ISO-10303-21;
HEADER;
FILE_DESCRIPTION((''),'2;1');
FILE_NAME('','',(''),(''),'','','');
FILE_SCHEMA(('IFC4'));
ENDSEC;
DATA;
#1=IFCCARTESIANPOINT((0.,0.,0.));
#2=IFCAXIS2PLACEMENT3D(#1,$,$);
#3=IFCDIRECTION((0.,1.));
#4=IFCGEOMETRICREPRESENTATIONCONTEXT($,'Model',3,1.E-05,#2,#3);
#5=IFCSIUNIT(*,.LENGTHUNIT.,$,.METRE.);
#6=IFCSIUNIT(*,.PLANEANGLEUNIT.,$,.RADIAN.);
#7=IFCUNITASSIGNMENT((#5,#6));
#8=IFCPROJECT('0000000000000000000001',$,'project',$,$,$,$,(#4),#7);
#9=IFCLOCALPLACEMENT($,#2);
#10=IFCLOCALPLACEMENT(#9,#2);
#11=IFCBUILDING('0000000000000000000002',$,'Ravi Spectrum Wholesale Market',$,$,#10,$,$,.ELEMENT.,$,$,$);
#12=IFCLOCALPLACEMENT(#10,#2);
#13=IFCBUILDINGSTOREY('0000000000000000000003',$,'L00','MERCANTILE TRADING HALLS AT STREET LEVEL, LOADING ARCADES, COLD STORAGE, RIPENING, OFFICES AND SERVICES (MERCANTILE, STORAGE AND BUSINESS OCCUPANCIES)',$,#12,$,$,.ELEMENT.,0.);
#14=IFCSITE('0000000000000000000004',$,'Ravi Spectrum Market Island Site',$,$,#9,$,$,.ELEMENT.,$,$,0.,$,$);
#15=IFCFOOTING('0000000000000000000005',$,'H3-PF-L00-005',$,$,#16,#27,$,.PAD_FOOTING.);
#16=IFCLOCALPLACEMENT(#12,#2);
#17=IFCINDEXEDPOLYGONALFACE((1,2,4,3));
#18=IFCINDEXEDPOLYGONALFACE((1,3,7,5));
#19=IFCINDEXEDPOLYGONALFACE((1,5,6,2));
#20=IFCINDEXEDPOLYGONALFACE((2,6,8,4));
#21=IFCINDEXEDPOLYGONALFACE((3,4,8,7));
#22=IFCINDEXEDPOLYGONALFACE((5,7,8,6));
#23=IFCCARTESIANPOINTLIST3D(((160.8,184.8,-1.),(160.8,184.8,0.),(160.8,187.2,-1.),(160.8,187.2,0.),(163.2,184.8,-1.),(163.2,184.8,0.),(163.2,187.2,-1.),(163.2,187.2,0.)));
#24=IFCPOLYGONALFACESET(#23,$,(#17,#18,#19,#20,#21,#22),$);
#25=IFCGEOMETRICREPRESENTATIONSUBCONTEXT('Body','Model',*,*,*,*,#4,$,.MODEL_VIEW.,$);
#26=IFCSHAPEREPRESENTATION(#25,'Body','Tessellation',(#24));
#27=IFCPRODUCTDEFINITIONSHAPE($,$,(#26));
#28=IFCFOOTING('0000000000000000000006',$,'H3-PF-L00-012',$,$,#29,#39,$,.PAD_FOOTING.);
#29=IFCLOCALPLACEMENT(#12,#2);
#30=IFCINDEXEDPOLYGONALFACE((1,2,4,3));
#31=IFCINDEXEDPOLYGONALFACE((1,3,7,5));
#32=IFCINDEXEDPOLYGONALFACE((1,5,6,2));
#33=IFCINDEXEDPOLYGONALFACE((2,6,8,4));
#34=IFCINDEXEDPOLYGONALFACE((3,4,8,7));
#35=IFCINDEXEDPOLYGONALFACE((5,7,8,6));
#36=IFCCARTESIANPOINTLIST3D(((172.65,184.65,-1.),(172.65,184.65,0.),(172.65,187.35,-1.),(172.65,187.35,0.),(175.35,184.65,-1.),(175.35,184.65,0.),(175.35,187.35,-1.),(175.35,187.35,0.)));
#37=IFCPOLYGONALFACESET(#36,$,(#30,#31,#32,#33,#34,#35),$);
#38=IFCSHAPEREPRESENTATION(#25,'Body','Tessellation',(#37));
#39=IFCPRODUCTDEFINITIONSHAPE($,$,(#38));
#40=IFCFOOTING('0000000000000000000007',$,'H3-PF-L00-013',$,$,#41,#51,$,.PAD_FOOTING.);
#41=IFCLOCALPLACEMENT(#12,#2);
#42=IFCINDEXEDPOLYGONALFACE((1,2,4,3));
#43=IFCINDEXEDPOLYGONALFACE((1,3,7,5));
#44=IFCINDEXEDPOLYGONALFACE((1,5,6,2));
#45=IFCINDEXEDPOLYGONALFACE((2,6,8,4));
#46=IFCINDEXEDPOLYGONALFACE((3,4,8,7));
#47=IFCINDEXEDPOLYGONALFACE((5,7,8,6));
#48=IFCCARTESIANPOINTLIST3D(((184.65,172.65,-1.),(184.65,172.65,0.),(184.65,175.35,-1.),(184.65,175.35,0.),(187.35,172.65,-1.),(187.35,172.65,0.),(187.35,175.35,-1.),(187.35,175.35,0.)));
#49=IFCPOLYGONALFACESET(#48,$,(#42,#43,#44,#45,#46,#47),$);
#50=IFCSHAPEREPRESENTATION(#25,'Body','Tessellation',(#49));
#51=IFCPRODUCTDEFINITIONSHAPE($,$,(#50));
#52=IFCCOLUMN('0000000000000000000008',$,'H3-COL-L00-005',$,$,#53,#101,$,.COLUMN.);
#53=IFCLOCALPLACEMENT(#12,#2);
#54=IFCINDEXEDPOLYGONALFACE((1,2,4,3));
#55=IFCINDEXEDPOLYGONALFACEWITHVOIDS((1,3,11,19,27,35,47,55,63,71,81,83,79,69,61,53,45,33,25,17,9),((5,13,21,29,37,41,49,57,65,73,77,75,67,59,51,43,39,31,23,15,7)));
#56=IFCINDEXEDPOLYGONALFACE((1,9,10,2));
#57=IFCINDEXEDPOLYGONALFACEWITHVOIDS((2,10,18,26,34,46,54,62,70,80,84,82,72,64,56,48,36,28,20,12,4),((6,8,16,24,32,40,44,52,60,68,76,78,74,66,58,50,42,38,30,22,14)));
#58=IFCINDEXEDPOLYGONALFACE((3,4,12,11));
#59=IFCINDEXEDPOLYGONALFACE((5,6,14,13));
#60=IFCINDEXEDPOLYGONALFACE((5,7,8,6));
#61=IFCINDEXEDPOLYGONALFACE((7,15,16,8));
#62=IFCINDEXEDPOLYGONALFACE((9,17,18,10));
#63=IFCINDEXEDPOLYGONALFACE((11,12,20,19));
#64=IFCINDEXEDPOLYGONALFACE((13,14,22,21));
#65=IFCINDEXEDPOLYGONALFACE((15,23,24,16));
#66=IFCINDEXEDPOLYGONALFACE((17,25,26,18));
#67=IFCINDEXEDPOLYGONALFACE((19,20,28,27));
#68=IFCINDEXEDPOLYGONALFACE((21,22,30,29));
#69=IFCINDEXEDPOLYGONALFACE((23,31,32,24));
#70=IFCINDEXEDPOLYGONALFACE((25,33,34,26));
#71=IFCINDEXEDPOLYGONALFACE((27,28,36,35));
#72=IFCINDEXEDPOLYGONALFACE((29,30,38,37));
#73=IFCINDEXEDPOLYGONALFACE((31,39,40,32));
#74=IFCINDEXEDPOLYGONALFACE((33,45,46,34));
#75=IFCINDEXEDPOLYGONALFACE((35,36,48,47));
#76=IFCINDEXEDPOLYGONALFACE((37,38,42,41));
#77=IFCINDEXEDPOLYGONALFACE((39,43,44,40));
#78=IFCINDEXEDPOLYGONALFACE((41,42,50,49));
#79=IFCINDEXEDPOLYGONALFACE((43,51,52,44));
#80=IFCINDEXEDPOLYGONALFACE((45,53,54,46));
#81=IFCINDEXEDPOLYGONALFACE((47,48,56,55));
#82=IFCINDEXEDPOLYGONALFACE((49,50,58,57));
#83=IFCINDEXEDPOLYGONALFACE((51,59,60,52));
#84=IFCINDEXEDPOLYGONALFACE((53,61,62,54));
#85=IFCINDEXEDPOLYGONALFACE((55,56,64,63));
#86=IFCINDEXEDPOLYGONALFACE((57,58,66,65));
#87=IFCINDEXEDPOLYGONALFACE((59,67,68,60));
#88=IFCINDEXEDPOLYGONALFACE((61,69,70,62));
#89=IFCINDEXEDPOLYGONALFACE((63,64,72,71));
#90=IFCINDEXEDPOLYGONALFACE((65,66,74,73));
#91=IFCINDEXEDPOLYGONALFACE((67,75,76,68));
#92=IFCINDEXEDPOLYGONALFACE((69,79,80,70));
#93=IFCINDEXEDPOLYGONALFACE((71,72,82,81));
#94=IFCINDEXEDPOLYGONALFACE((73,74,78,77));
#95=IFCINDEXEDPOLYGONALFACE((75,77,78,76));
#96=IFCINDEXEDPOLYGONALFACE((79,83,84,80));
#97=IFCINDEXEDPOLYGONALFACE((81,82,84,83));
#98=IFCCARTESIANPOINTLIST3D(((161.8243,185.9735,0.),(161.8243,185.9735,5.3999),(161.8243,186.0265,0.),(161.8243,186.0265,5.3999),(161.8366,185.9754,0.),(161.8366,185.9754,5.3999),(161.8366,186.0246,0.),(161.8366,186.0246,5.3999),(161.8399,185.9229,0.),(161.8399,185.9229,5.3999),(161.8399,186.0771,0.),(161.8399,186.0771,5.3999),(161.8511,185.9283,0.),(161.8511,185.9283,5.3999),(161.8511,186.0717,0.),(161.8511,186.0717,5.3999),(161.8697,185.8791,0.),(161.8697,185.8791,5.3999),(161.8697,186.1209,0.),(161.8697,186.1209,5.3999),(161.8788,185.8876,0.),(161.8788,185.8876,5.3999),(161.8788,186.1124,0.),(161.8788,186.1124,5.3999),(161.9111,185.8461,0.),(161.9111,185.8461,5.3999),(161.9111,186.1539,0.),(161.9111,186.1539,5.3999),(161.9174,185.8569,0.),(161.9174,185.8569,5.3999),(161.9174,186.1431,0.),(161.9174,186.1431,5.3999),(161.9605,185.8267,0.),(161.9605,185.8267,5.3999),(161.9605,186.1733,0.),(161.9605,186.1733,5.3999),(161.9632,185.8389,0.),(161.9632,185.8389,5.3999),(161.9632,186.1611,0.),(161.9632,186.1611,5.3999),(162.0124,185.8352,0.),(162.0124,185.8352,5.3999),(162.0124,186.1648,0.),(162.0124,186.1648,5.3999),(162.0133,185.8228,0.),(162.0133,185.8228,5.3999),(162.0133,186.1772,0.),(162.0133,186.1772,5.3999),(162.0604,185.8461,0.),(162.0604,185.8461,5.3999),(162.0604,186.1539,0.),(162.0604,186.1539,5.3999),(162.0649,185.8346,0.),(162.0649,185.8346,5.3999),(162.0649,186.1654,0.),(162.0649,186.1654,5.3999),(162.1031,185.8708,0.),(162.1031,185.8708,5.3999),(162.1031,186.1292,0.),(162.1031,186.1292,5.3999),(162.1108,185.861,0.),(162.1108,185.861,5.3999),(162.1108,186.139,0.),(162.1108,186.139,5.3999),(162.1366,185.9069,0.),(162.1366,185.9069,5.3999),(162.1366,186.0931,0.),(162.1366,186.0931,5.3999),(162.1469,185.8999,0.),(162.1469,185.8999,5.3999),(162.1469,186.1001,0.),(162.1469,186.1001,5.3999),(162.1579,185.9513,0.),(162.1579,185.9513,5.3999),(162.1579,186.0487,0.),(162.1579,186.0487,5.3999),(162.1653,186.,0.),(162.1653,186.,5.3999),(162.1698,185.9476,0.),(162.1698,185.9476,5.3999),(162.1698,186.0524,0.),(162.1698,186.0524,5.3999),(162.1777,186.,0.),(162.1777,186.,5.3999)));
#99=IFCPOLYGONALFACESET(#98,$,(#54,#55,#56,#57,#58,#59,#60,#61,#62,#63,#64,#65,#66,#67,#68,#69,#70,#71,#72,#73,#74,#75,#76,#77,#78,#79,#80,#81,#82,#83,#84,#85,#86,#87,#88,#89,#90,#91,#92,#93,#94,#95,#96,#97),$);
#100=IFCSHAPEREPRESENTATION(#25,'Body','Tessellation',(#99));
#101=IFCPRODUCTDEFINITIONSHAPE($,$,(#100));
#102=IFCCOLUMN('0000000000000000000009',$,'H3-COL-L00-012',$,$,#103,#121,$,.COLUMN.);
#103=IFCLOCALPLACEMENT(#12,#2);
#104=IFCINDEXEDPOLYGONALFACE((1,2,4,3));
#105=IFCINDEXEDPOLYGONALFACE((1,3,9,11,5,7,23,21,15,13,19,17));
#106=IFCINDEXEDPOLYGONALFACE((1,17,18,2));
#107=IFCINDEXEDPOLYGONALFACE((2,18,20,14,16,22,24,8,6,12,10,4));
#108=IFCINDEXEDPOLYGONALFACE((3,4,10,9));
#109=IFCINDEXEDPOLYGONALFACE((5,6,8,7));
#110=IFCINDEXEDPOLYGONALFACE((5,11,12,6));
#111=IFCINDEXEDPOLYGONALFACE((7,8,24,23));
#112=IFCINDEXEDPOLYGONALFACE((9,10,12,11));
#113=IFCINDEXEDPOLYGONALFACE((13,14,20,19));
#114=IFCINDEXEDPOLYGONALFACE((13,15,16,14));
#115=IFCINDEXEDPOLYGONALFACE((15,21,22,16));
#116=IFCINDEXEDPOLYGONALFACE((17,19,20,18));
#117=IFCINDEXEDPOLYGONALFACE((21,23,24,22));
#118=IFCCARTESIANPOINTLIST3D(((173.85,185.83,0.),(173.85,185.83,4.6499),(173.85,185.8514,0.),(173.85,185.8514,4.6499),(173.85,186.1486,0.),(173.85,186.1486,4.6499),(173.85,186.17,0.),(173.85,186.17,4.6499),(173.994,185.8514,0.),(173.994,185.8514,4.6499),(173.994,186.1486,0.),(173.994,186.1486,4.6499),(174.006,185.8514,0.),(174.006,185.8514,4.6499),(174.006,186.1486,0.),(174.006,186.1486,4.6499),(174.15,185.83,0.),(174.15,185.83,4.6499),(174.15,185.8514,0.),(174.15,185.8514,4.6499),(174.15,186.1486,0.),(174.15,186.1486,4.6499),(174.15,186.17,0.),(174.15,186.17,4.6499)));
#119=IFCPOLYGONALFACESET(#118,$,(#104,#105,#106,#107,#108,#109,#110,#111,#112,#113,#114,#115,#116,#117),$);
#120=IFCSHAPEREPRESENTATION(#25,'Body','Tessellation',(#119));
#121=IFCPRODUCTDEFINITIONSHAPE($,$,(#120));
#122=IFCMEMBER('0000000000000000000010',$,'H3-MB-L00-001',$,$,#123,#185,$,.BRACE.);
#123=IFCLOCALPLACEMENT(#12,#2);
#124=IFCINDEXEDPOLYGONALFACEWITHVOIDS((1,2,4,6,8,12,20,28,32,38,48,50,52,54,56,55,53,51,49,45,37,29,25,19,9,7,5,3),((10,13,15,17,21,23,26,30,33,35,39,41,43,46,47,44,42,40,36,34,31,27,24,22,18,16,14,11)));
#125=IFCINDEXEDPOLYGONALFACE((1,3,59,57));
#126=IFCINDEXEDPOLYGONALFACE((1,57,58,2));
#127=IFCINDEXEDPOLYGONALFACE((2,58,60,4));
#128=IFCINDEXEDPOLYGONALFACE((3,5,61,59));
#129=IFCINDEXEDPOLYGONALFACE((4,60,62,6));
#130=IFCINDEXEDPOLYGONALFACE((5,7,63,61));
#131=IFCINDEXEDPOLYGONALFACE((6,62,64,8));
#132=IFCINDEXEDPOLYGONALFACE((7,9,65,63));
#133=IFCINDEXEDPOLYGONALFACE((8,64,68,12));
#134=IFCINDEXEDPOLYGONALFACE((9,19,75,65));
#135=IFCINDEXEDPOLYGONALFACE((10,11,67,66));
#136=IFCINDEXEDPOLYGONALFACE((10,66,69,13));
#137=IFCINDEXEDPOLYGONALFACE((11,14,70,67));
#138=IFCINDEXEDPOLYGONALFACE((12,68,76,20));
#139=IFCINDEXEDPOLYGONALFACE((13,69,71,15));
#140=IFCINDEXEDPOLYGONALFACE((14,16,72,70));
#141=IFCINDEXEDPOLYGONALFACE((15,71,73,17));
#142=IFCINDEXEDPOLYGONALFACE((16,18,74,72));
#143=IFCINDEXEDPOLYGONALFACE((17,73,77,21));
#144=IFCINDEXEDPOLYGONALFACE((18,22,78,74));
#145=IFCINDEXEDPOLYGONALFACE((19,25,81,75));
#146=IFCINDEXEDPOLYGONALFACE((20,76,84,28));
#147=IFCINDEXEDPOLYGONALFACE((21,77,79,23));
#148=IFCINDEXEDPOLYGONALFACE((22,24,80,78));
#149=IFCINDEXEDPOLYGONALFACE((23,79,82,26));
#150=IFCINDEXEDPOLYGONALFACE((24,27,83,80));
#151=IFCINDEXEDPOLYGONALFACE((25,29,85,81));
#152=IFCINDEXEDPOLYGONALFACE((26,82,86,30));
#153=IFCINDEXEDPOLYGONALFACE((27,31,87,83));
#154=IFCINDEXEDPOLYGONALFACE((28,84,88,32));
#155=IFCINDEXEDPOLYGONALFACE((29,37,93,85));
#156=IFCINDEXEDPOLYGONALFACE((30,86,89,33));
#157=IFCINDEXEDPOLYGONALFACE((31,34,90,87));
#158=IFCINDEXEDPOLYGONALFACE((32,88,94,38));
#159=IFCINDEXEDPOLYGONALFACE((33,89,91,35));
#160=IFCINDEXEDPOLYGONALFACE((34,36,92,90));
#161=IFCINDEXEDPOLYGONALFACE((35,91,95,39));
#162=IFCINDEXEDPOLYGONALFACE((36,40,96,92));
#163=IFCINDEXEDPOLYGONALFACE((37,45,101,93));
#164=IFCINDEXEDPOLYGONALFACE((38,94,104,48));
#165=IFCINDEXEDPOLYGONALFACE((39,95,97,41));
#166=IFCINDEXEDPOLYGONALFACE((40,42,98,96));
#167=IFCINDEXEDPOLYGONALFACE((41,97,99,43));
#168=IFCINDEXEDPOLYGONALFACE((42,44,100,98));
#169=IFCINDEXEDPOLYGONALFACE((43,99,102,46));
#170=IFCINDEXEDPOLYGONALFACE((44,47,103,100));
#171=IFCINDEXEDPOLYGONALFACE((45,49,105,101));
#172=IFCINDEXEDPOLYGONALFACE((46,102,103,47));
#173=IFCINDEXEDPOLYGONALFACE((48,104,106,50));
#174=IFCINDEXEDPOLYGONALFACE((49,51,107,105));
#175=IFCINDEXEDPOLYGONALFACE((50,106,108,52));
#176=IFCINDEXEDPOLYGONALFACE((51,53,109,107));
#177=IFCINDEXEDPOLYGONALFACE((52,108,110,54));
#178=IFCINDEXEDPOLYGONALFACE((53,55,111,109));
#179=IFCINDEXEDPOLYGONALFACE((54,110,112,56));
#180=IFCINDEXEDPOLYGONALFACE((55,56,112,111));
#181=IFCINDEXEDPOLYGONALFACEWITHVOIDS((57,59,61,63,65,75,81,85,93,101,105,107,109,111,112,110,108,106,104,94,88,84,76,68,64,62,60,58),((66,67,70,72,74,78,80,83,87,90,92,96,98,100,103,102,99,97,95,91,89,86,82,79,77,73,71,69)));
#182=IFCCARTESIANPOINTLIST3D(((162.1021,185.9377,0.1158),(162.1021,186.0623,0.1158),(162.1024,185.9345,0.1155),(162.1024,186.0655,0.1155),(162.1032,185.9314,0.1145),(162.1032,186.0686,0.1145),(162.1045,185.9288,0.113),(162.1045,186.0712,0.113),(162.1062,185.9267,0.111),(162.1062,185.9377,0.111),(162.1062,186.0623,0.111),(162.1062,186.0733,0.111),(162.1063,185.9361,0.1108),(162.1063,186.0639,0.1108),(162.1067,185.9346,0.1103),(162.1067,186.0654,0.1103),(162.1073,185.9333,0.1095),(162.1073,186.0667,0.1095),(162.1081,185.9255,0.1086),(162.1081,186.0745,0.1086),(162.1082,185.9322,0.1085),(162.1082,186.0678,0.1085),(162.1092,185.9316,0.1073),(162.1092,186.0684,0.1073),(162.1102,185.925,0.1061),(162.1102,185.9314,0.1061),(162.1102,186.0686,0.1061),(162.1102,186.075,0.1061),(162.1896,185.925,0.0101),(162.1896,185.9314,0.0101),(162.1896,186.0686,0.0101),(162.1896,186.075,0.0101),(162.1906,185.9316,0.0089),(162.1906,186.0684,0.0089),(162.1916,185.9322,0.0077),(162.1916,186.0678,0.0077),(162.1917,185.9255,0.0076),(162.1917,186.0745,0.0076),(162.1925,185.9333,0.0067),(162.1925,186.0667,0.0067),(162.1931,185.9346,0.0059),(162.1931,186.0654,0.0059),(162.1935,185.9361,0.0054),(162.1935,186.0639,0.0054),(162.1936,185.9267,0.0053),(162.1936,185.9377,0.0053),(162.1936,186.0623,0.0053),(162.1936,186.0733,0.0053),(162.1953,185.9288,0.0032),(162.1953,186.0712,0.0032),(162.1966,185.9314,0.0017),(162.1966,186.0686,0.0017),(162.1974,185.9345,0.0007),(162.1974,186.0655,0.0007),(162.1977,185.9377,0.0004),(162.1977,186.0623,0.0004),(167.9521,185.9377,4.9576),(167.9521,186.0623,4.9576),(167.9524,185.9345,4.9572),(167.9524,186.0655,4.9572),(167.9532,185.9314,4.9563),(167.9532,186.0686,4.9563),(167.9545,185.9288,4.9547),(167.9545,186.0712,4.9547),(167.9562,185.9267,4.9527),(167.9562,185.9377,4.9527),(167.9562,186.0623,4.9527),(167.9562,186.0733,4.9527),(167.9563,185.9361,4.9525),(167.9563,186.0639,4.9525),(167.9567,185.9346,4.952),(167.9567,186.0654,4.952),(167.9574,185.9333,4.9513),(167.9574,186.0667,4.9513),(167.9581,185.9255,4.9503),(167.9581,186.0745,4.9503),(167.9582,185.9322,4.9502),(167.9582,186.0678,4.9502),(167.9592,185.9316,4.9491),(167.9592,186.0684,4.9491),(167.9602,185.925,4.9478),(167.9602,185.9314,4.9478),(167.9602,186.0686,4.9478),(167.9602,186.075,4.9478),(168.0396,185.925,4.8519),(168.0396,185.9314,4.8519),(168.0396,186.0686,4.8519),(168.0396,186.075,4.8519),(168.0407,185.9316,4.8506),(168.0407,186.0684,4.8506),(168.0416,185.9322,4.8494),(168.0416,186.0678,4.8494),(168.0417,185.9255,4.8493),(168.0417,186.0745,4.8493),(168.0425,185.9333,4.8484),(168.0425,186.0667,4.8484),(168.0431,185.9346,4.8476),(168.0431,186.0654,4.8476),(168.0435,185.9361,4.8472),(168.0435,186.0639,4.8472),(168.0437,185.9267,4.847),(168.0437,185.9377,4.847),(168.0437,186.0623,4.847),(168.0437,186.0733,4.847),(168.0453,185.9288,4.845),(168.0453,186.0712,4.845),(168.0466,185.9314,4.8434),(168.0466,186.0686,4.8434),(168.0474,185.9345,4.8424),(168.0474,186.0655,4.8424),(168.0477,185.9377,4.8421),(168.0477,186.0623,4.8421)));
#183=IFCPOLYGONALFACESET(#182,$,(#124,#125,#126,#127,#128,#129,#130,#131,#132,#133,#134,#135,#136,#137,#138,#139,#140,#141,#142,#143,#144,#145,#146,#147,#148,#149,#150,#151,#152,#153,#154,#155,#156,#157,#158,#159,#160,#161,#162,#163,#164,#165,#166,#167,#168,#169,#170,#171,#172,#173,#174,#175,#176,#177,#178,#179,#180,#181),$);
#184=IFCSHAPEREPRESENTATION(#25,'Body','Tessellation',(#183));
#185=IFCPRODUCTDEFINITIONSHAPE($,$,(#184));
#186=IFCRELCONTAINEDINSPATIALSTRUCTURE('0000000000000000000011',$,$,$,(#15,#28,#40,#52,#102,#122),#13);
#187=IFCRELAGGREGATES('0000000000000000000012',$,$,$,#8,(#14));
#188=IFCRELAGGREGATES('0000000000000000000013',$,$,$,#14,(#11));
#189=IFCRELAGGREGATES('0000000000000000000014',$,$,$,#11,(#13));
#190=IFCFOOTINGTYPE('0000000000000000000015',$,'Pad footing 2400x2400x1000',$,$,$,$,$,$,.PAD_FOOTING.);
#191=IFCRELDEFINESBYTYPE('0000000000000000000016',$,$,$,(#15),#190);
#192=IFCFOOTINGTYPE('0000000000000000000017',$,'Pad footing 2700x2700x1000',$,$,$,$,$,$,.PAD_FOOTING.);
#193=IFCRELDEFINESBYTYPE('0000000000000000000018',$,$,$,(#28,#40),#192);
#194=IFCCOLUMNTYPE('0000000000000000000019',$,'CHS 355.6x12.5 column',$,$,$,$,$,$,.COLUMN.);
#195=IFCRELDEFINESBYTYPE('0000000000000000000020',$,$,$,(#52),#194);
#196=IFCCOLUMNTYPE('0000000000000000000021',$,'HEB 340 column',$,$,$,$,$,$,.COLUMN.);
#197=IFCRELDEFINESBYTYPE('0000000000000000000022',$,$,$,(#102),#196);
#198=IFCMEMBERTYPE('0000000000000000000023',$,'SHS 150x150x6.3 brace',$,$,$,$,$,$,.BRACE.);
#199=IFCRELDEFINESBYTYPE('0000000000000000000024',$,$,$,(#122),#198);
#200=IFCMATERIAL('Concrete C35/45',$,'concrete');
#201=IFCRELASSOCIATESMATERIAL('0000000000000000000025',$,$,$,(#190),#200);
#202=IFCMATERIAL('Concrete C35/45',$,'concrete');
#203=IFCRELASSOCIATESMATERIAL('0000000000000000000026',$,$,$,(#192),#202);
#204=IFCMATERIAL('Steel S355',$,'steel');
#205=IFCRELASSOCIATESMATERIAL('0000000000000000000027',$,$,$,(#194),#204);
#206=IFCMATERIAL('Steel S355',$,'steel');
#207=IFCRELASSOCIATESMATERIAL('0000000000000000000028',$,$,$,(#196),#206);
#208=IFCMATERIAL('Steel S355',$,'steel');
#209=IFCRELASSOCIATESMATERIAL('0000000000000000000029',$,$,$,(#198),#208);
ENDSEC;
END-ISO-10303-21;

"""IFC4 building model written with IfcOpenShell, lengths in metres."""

from ifc_helpers import new_model, si_unit, direction, frame, origin, origin_2d, place, context, subcontext, project, spatial, rectangle, hollow_rectangle, hollow_circle, i_section, extrude, material, material_profile, profile_set, type_object, element, save


model = new_model("IFC4")

# Units and contexts
model_context = context("Model", 3, precision=1e-05, world=origin(), true_north=direction((0.0, 1.0)))
body_context = subcontext(model_context, "Body", "Model", "MODEL_VIEW")
ifc_project = project(units=[si_unit("LENGTHUNIT", "METRE"), si_unit("PLANEANGLEUNIT", "RADIAN")], contexts=[model_context])

# Site, building, storey
site_placement = place(None, origin())
site = spatial("IfcSite", under=ifc_project, at=site_placement, Name="Ravi Spectrum Market Island Site", CompositionType="ELEMENT", RefElevation=0.0)
building_placement = place(site_placement, origin())
building = spatial("IfcBuilding", under=site, at=building_placement, Name="Ravi Spectrum Wholesale Market", CompositionType="ELEMENT")
storey_placement = place(building_placement, origin())
storey = spatial("IfcBuildingStorey", under=building, at=storey_placement, Name="L00", Description="MERCANTILE TRADING HALLS AT STREET LEVEL, LOADING ARCADES, COLD STORAGE, RIPENING, OFFICES AND SERVICES (MERCANTILE, STORAGE AND BUSINESS OCCUPANCIES)", CompositionType="ELEMENT", Elevation=0.0)

# Footings
ifc_material_1 = material(Name="Concrete C35/45", Category="concrete")
footing_type_1 = type_object("IfcFootingType", Name="Pad footing 2400x2400x1000", PredefinedType="PAD_FOOTING", material=ifc_material_1)
footing_placement = place(storey_placement, frame((162.0, 186.0, -1.0), z_axis=(0.0, 0.0, 1.0), x_axis=(1.0, 0.0, 0.0)))
element("IfcFooting", 1, at=footing_placement, inside=storey, type_object=footing_type_1, Name="H3-PF-L00-005", PredefinedType="PAD_FOOTING", context=body_context, shape_type="SweptSolid", body=[
    extrude(rectangle(XDim=2.3999, YDim=2.3999, at=origin_2d()), origin(), (0.0, 0.0, 1.0), 1.0),
])
ifc_material_2 = material(Name="Concrete C35/45", Category="concrete")
footing_type_2 = type_object("IfcFootingType", Name="Pad footing 2700x2700x1000", PredefinedType="PAD_FOOTING", material=ifc_material_2)
for number, where, z_axis, x_axis, name in (
    (2, (174.0, 186.0, -1.0), (0.0, 0.0, 1.0), (1.0, 0.0, 0.0), "H3-PF-L00-012"),
    (3, (186.0, 174.0, -1.0), (0.0, 0.0, 1.0), (1.0, 0.0, 0.0), "H3-PF-L00-013"),
):
    element("IfcFooting", number, at=place(storey_placement, frame(where, z_axis=z_axis, x_axis=x_axis)), inside=storey, type_object=footing_type_2, Name=name, PredefinedType="PAD_FOOTING", context=body_context, shape_type="SweptSolid", body=[
        extrude(rectangle(XDim=2.7, YDim=2.7, at=origin_2d()), origin(), (0.0, 0.0, 1.0), 1.0),
    ])

# Columns
ifc_material_3 = material(Name="Steel S355", Category="steel")
ifc_material_profile_1 = material_profile(ifc_material_3, hollow_circle(Radius=0.1777, WallThickness=0.0125, at=origin_2d()))
ifc_profile_set_1 = profile_set([ifc_material_profile_1], Name="Steel S355")
column_type_1 = type_object("IfcColumnType", Name="CHS 355.6x12.5 column", PredefinedType="COLUMN", material=ifc_profile_set_1)
column_1_placement = place(storey_placement, frame((162.0, 186.0, 0.0), z_axis=(0.0, 0.0, 1.0), x_axis=(1.0, 0.0, 0.0)))
element("IfcColumn", 4, at=column_1_placement, inside=storey, type_object=column_type_1, Name="H3-COL-L00-005", PredefinedType="COLUMN", context=body_context, shape_type="SweptSolid", body=[
    extrude(hollow_circle(Radius=0.1777, WallThickness=0.0125, at=origin_2d()), origin(), (0.0, 0.0, 1.0), 5.3999),
])
ifc_material_4 = material(Name="Steel S355", Category="steel")
ifc_material_profile_2 = material_profile(ifc_material_4, i_section(OverallWidth=0.3, OverallDepth=0.3401, WebThickness=0.012, FlangeThickness=0.0215, at=origin_2d()))
ifc_profile_set_2 = profile_set([ifc_material_profile_2], Name="Steel S355")
column_type_2 = type_object("IfcColumnType", Name="HEB 340 column", PredefinedType="COLUMN", material=ifc_profile_set_2)
column_2_placement = place(storey_placement, frame((174.0, 186.0, 0.0), z_axis=(0.0, 0.0, 1.0), x_axis=(1.0, 0.0, 0.0)))
element("IfcColumn", 5, at=column_2_placement, inside=storey, type_object=column_type_2, Name="H3-COL-L00-012", PredefinedType="COLUMN", context=body_context, shape_type="SweptSolid", body=[
    extrude(i_section(OverallWidth=0.3, OverallDepth=0.3401, WebThickness=0.012, FlangeThickness=0.0215, at=origin_2d()), origin(), (0.0, 0.0, 1.0), 4.6499),
])

# Member
ifc_material_5 = material(Name="Steel S355", Category="steel")
ifc_material_profile_3 = material_profile(ifc_material_5, hollow_rectangle(XDim=0.1499, YDim=0.1499, WallThickness=0.0063, InnerFilletRadius=0.0063, OuterFilletRadius=0.0127, at=origin_2d()))
ifc_profile_set_3 = profile_set([ifc_material_profile_3], Name="Steel S355")
member_type = type_object("IfcMemberType", Name="SHS 150x150x6.3 brace", PredefinedType="BRACE", material=ifc_profile_set_3)
for number, where, z_axis, x_axis, name in (
    (6, (162.1499, 186.0, 0.0581), (0.770373, 0.0, 0.637594), (0.0, 1.0, 0.0), "H3-MB-L00-001"),
):
    element("IfcMember", number, at=place(storey_placement, frame(where, z_axis=z_axis, x_axis=x_axis)), inside=storey, type_object=member_type, Name=name, PredefinedType="BRACE", context=body_context, shape_type="SweptSolid", body=[
        extrude(hollow_rectangle(XDim=0.1499, YDim=0.1499, WallThickness=0.0063, InnerFilletRadius=0.0063, OuterFilletRadius=0.0127, at=origin_2d()), origin(), (0.0, 0.0, 1.0), 7.5938),
    ])

save(model, "model.ifc")
